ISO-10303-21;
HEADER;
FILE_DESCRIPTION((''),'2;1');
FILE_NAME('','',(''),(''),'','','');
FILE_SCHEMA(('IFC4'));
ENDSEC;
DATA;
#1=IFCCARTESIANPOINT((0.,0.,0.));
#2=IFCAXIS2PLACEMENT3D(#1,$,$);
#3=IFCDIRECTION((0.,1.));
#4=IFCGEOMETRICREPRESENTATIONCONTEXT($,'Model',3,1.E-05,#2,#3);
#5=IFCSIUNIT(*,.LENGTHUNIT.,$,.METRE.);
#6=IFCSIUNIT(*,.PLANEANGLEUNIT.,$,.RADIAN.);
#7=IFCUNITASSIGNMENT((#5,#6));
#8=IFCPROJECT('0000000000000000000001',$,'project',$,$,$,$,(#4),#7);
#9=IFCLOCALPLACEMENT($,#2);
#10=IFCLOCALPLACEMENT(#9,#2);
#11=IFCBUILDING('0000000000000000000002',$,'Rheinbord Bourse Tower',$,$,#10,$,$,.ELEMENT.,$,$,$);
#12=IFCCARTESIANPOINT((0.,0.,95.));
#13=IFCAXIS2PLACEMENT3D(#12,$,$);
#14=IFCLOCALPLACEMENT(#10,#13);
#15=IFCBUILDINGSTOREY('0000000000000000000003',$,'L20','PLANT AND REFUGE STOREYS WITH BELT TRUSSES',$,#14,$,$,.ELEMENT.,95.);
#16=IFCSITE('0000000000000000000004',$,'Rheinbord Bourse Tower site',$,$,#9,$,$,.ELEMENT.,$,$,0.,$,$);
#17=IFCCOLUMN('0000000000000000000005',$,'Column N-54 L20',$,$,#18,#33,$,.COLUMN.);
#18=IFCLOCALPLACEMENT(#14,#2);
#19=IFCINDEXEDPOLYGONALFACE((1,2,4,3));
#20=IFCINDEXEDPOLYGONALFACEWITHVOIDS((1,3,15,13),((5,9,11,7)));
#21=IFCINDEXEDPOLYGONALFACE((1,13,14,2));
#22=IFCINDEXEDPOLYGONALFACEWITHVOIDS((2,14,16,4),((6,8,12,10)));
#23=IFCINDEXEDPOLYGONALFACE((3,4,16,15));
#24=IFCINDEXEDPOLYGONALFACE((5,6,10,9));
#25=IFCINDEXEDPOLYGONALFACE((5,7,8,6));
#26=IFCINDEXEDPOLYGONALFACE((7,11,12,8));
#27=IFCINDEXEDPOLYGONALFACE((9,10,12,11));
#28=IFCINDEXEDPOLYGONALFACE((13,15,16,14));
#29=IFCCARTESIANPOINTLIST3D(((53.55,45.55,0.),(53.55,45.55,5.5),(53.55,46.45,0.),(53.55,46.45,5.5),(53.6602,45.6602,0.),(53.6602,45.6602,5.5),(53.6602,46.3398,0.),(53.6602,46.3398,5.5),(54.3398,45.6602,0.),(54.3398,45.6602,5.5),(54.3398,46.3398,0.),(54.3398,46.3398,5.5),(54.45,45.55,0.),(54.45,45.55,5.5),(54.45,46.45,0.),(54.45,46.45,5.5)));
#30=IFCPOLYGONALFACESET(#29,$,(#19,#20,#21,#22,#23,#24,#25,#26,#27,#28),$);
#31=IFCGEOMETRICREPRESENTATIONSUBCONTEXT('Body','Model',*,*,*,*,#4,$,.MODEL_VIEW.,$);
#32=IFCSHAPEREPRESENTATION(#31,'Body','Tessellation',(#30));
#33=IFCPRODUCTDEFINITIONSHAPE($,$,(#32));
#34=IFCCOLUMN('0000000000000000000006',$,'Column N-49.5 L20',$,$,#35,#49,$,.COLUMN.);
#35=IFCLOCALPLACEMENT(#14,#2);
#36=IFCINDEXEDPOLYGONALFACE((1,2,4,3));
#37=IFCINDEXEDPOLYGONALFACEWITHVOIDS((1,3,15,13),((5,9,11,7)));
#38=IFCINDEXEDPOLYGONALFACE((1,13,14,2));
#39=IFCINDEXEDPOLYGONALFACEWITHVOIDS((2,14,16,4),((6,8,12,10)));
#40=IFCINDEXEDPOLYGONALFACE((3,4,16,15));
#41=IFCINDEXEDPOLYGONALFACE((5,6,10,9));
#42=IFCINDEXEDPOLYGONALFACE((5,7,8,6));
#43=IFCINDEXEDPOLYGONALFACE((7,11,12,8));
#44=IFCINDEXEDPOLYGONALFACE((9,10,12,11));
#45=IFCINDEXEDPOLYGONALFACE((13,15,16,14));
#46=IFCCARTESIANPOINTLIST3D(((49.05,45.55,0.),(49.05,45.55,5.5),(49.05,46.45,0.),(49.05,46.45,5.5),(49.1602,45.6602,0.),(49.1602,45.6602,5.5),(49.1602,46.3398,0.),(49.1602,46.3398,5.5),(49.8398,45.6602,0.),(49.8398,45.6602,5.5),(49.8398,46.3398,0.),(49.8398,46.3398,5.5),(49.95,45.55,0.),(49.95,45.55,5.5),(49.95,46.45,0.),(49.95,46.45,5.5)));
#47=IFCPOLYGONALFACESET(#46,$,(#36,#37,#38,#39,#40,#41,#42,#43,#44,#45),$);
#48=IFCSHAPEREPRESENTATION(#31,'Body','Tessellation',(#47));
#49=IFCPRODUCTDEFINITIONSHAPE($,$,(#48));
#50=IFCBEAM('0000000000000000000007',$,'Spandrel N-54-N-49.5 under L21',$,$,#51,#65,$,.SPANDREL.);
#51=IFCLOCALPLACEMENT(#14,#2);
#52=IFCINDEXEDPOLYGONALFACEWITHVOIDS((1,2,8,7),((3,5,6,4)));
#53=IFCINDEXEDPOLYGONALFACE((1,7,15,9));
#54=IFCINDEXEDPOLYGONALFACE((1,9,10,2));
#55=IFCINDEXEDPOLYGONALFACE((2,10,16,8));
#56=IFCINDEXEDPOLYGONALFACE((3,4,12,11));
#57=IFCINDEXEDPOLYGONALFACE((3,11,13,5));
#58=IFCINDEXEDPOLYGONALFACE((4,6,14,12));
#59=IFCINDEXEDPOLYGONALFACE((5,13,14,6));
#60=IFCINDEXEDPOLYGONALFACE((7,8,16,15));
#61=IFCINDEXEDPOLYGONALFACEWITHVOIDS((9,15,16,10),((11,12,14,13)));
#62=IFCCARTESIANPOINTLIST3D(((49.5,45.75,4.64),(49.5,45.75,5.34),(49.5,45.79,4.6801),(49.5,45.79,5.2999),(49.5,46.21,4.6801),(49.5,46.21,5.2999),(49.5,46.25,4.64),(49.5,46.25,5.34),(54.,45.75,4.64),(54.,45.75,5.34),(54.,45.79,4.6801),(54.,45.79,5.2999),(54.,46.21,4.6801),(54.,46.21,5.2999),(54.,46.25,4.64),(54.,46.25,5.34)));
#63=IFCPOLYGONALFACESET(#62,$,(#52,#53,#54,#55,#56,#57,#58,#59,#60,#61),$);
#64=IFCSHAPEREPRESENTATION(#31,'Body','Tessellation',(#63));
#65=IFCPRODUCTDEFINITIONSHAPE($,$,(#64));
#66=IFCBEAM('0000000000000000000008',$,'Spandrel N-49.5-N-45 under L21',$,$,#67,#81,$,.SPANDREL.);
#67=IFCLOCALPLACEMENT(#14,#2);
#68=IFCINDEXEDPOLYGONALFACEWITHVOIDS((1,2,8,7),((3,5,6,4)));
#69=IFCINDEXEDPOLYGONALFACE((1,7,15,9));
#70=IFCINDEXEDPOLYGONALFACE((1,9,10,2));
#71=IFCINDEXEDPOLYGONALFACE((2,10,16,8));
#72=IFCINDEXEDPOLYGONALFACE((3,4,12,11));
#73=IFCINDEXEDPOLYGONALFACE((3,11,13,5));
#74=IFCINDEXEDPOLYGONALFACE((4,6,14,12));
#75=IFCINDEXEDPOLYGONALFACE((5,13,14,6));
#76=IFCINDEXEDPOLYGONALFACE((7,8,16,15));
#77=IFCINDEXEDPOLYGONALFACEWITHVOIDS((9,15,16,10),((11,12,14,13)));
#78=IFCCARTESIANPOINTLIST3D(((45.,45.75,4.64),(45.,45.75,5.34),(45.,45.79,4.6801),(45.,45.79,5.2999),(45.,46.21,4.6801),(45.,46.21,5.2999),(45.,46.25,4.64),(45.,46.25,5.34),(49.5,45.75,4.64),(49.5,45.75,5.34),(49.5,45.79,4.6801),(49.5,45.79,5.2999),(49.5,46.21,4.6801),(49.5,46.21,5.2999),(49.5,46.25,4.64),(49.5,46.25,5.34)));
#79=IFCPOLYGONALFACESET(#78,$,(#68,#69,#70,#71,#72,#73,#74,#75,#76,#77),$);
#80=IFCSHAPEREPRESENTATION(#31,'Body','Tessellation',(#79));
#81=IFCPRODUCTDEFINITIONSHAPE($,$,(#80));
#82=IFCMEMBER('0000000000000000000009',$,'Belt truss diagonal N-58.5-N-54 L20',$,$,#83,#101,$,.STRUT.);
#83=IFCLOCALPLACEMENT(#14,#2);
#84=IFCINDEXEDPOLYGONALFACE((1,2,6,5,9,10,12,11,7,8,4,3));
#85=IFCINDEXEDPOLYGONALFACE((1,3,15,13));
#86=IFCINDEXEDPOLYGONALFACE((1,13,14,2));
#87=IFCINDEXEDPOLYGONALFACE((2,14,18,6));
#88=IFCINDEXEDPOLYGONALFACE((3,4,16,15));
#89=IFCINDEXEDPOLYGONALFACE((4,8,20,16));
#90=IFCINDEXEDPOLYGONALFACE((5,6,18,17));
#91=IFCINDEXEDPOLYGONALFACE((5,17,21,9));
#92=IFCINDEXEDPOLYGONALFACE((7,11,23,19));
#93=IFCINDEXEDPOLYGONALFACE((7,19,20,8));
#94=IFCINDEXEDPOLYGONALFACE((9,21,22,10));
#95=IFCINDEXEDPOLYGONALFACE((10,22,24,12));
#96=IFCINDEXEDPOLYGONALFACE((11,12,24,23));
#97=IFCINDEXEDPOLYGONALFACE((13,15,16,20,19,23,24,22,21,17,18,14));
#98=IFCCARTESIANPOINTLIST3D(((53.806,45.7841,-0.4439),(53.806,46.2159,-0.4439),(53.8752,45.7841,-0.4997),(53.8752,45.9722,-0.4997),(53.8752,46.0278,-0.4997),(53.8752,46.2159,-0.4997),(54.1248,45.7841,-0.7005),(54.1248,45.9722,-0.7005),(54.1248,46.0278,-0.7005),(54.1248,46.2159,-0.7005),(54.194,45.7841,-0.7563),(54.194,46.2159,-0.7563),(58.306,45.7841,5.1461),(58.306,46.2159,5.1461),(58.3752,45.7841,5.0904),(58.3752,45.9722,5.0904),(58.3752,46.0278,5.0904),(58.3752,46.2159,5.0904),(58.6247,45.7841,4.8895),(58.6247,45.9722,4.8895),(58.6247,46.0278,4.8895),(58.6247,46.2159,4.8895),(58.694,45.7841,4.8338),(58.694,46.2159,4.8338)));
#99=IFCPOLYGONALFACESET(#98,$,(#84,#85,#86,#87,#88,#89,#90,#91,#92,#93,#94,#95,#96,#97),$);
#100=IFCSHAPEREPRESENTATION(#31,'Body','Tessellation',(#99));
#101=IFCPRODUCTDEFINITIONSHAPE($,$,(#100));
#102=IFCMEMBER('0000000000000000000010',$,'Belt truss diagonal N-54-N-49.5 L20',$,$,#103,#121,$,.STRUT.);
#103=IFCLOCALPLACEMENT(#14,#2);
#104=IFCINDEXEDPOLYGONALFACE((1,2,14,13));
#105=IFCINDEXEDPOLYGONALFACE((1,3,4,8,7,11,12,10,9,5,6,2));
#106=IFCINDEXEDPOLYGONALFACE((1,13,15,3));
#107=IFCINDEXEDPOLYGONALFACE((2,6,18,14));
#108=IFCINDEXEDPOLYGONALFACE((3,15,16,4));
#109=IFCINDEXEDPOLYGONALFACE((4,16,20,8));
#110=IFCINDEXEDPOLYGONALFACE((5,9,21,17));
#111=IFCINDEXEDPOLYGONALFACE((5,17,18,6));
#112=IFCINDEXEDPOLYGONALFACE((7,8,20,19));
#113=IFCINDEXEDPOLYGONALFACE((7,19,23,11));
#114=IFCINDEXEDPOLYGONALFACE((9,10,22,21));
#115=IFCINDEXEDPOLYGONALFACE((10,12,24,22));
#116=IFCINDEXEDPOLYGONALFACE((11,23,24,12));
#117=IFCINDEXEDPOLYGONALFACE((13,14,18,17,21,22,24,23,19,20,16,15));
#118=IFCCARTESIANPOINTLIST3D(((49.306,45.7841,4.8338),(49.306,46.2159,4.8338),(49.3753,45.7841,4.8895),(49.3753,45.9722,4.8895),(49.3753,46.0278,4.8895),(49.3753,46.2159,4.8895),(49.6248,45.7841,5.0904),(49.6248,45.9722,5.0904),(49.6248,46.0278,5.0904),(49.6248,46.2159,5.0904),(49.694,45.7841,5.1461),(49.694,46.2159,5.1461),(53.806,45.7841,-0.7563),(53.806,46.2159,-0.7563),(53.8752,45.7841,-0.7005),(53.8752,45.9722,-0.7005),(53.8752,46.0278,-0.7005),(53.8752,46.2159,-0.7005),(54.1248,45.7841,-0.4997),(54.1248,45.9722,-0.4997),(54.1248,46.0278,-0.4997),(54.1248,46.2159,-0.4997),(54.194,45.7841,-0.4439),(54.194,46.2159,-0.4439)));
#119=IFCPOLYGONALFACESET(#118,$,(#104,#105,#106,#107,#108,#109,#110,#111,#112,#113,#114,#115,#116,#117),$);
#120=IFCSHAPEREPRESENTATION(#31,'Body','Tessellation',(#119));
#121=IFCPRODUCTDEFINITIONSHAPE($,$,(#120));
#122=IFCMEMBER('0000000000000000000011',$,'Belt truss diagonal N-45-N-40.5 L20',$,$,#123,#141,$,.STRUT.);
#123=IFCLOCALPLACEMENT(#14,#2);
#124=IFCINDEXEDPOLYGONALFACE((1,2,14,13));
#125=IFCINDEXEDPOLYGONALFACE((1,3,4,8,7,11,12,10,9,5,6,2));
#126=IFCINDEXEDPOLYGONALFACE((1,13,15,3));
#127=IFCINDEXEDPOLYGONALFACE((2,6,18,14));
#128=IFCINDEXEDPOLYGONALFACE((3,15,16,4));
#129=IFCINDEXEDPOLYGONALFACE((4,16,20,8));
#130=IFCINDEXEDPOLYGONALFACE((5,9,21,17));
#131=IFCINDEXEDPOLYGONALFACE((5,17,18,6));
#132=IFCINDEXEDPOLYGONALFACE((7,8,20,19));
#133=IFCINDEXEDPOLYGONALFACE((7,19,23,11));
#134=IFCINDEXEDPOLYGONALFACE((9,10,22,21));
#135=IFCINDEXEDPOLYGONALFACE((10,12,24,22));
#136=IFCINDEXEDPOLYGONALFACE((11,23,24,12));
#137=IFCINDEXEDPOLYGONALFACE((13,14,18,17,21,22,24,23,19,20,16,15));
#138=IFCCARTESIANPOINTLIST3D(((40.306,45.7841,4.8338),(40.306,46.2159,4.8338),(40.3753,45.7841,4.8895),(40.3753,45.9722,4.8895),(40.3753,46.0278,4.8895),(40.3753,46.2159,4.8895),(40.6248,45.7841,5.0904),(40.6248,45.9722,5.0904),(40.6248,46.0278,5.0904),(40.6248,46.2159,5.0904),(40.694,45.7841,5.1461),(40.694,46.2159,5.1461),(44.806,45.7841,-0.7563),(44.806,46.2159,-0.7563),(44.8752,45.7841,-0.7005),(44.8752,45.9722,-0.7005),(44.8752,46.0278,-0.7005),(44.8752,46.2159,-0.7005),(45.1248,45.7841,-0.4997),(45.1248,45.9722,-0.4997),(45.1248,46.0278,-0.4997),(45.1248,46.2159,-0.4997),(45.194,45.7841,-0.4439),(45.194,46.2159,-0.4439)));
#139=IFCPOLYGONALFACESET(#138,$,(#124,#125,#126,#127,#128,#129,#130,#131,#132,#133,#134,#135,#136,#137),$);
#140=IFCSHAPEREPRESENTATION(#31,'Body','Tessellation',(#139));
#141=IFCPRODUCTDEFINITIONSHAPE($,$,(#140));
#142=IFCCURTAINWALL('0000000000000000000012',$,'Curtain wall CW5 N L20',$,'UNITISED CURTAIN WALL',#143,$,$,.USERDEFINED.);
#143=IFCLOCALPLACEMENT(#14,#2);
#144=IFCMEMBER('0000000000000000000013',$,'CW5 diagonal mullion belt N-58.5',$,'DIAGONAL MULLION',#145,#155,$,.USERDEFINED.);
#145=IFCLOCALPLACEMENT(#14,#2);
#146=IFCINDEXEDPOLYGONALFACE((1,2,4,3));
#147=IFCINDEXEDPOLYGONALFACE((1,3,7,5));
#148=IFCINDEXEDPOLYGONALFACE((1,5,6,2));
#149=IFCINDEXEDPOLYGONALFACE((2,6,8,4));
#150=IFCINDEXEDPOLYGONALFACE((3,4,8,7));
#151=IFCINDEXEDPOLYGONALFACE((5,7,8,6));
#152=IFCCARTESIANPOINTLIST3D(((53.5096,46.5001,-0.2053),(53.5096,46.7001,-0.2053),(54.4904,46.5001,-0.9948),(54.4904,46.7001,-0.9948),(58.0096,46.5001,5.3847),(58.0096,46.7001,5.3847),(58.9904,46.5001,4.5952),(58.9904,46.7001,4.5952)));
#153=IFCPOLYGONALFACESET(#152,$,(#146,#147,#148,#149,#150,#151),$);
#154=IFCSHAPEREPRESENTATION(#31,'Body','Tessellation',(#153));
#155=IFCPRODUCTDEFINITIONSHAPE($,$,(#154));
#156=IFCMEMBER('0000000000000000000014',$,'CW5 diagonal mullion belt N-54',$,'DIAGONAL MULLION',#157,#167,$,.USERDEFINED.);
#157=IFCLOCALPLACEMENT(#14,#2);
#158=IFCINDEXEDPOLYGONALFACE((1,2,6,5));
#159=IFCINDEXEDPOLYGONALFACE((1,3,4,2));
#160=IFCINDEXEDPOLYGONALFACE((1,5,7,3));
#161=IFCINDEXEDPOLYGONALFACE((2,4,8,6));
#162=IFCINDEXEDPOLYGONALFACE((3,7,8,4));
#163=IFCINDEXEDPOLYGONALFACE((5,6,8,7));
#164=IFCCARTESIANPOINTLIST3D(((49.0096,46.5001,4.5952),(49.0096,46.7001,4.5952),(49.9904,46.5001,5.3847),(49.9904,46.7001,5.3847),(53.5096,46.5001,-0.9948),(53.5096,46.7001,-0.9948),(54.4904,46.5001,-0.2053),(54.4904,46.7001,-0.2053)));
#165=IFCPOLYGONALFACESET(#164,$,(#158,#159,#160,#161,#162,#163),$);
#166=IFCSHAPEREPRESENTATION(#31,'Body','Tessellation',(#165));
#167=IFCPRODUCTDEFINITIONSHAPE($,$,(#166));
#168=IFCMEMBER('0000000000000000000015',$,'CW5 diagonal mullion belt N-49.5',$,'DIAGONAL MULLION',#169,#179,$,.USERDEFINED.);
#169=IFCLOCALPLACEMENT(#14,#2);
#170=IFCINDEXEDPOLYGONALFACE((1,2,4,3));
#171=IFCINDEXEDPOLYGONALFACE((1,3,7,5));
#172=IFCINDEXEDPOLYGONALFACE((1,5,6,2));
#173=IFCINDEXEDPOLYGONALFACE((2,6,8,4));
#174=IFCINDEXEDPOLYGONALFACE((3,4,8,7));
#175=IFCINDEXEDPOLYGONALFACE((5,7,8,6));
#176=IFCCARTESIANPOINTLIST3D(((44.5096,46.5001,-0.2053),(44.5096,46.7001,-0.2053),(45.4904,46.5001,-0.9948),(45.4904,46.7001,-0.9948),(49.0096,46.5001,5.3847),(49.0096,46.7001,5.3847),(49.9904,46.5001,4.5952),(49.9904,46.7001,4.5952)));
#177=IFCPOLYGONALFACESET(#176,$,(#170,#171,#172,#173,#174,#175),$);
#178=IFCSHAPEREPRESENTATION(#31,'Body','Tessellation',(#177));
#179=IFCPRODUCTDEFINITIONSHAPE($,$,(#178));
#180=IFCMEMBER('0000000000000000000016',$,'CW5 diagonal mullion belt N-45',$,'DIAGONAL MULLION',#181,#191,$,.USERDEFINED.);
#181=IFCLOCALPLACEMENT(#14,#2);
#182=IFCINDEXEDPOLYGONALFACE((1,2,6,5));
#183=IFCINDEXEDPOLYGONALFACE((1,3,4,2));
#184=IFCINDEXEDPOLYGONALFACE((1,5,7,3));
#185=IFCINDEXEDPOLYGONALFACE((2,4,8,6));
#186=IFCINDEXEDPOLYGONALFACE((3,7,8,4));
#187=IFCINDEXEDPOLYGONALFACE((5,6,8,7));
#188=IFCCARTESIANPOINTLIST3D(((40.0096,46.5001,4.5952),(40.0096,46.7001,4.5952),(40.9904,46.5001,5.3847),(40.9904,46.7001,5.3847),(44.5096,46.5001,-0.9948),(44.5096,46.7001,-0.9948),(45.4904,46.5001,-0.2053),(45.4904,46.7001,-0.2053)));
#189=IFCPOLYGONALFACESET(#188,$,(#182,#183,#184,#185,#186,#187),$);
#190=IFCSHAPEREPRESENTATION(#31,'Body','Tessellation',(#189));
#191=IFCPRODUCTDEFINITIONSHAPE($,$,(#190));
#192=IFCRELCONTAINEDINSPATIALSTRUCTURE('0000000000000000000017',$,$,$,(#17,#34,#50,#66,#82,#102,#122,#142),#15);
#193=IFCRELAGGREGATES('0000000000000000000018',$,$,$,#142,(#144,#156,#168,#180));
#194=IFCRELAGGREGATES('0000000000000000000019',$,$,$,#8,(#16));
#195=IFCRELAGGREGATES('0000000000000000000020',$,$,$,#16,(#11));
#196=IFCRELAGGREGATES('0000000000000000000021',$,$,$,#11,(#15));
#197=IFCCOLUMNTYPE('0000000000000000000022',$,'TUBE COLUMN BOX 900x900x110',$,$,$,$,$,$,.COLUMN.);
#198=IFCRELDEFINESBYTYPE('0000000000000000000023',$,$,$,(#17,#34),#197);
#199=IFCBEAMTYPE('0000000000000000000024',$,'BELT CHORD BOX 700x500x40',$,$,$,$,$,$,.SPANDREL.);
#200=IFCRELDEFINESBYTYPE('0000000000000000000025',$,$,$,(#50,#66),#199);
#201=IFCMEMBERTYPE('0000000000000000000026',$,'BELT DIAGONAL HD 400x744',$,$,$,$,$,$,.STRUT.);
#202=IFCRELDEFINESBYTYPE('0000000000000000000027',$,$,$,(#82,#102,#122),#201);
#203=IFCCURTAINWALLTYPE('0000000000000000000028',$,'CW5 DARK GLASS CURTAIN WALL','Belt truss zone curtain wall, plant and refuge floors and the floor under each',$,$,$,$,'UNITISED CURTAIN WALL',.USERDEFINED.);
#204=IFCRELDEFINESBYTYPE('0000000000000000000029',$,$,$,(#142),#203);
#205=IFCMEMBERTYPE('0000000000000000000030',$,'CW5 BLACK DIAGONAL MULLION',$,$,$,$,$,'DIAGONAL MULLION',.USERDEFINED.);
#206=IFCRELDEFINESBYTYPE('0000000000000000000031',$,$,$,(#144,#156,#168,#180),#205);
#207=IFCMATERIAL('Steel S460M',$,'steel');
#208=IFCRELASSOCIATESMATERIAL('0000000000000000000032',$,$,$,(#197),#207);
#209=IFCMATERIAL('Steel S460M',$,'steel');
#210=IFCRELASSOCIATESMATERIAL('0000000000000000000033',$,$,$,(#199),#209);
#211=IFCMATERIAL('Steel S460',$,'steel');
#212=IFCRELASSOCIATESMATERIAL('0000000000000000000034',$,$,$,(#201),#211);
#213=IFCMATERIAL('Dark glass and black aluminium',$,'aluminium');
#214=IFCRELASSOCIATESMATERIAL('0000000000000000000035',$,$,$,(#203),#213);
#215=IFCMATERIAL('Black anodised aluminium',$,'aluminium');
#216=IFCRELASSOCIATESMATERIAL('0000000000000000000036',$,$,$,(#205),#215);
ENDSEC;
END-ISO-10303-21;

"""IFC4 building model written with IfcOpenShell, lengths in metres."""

from ifc_helpers import new_model, si_unit, direction, frame, origin, origin_2d, place, context, subcontext, project, spatial, rectangle, hollow_rectangle, i_section, extrude, material, material_profile, profile_set, type_object, element, aggregate, save


model = new_model("IFC4")

# Units and contexts
model_context = context("Model", 3, precision=1e-05, world=origin(), true_north=direction((0.0, 1.0)))
body_context = subcontext(model_context, "Body", "Model", "MODEL_VIEW")
ifc_project = project(units=[si_unit("LENGTHUNIT", "METRE"), si_unit("PLANEANGLEUNIT", "RADIAN")], contexts=[model_context])

# Site, building, storey
site_placement = place(None, origin())
site = spatial("IfcSite", under=ifc_project, at=site_placement, Name="Rheinbord Bourse Tower site", CompositionType="ELEMENT", RefElevation=0.0)
building_placement = place(site_placement, origin())
building = spatial("IfcBuilding", under=site, at=building_placement, Name="Rheinbord Bourse Tower", CompositionType="ELEMENT")
storey_placement = place(building_placement, frame((0.0, 0.0, 95.0)))
storey = spatial("IfcBuildingStorey", under=building, at=storey_placement, Name="L20", Description="PLANT AND REFUGE STOREYS WITH BELT TRUSSES", CompositionType="ELEMENT", Elevation=95.0)

# Columns
ifc_material_1 = material(Name="Steel S460M", Category="steel")
ifc_material_profile_1 = material_profile(ifc_material_1, hollow_rectangle(XDim=0.8999, YDim=0.8999, WallThickness=0.1101, at=origin_2d()), Name="BOX 900x900x110")
ifc_profile_set_1 = profile_set([ifc_material_profile_1], Name="Steel S460M")
column_type = type_object("IfcColumnType", Name="TUBE COLUMN BOX 900x900x110", PredefinedType="COLUMN", material=ifc_profile_set_1)
for number, where, z_axis, x_axis, name in (
    (1, (54.0, 46.0, 0.0), (0.0, 0.0, 1.0), (0.0, 1.0, 0.0), "Column N-54 L20"),
    (2, (49.5, 46.0, 0.0), (0.0, 0.0, 1.0), (0.0, 1.0, 0.0), "Column N-49.5 L20"),
):
    element("IfcColumn", number, at=place(storey_placement, frame(where, z_axis=z_axis, x_axis=x_axis)), inside=storey, type_object=column_type, Name=name, PredefinedType="COLUMN", context=body_context, shape_type="SweptSolid", body=[
        extrude(hollow_rectangle(XDim=0.8999, YDim=0.8999, WallThickness=0.1101, at=origin_2d()), origin(), (0.0, 0.0, 1.0), 5.5),
    ])

# Beams
ifc_material_2 = material(Name="Steel S460M", Category="steel")
ifc_material_profile_2 = material_profile(ifc_material_2, hollow_rectangle(XDim=0.5, YDim=0.7, WallThickness=0.04, at=origin_2d()), Name="BOX 700x500x40")
ifc_profile_set_2 = profile_set([ifc_material_profile_2], Name="Steel S460M")
beam_type_1 = type_object("IfcBeamType", Name="BELT CHORD BOX 700x500x40", PredefinedType="SPANDREL", material=ifc_profile_set_2)
for number, where, z_axis, x_axis, name in (
    (3, (54.0, 46.0, 4.99), (-1.0, 0.0, 0.0), (0.0, -1.0, 0.0), "Spandrel N-54-N-49.5 under L21"),
    (4, (49.5, 46.0, 4.99), (-1.0, 0.0, 0.0), (0.0, -1.0, 0.0), "Spandrel N-49.5-N-45 under L21"),
):
    element("IfcBeam", number, at=place(storey_placement, frame(where, z_axis=z_axis, x_axis=x_axis)), inside=storey, type_object=beam_type_1, Name=name, PredefinedType="SPANDREL", context=body_context, shape_type="SweptSolid", body=[
        extrude(hollow_rectangle(XDim=0.5, YDim=0.7, WallThickness=0.04, at=origin_2d()), origin(), (0.0, 0.0, 1.0), 4.5),
    ])

# Members
ifc_material_3 = material(Name="Steel S460", Category="steel")
ifc_material_profile_3 = material_profile(ifc_material_3, i_section(OverallWidth=0.4319, OverallDepth=0.498, WebThickness=0.0557, FlangeThickness=0.0889, at=origin_2d()), Name="HD 400x744")
ifc_profile_set_3 = profile_set([ifc_material_profile_3], Name="Steel S460")
member_type_1 = type_object("IfcMemberType", Name="BELT DIAGONAL HD 400x744", PredefinedType="STRUT", material=ifc_profile_set_3)
for number, where, z_axis, x_axis, name in (
    (5, (54.0, 46.0, -0.6001), (0.627065, 0.0, 0.778967), (0.0, 1.0, 0.0), "Belt truss diagonal N-58.5-N-54 L20"),
    (6, (54.0, 46.0, -0.6001), (-0.627065, 0.0, 0.778967), (0.0, -1.0, 0.0), "Belt truss diagonal N-54-N-49.5 L20"),
    (7, (45.0, 46.0, -0.6001), (-0.627065, 0.0, 0.778967), (0.0, -1.0, 0.0), "Belt truss diagonal N-45-N-40.5 L20"),
):
    element("IfcMember", number, at=place(storey_placement, frame(where, z_axis=z_axis, x_axis=x_axis)), inside=storey, type_object=member_type_1, Name=name, PredefinedType="STRUT", context=body_context, shape_type="SweptSolid", body=[
        extrude(i_section(OverallWidth=0.4319, OverallDepth=0.498, WebThickness=0.0557, FlangeThickness=0.0889, at=origin_2d()), origin(), (0.0, 0.0, 1.0), 7.1763),
    ])

# Curtain wall, members
ifc_material_4 = material(Name="Dark glass and black aluminium", Category="aluminium")
curtain_wall_type = type_object("IfcCurtainWallType", Name="CW5 DARK GLASS CURTAIN WALL", Description="Belt truss zone curtain wall, plant and refuge floors and the floor under each", ElementType="UNITISED CURTAIN WALL", PredefinedType="USERDEFINED", material=ifc_material_4)
curtain_wall_placement = place(storey_placement, origin())
curtain_wall = element("IfcCurtainWall", 8, at=curtain_wall_placement, inside=storey, type_object=curtain_wall_type, Name="Curtain wall CW5 N L20", ObjectType="UNITISED CURTAIN WALL", PredefinedType="USERDEFINED")
ifc_material_5 = material(Name="Black anodised aluminium", Category="aluminium")
ifc_material_profile_4 = material_profile(ifc_material_5, rectangle(XDim=0.2, YDim=1.259, at=origin_2d()), Name="CW5 DIAGONAL MULLION 1259x200")
ifc_profile_set_4 = profile_set([ifc_material_profile_4], Name="Black anodised aluminium")
member_type_2 = type_object("IfcMemberType", Name="CW5 BLACK DIAGONAL MULLION", ElementType="DIAGONAL MULLION", PredefinedType="USERDEFINED", material=ifc_profile_set_4)
member_1_placement = place(storey_placement, frame((54.0, 46.6001, -0.6001), z_axis=(0.627065, 0.0, 0.778967), x_axis=(0.0, 1.0, 0.0)))
member_1 = element("IfcMember", 9, at=member_1_placement, type_object=member_type_2, Name="CW5 diagonal mullion belt N-58.5", ObjectType="DIAGONAL MULLION", PredefinedType="USERDEFINED", context=body_context, shape_type="SweptSolid", body=[
    extrude(rectangle(XDim=0.2, YDim=1.259, at=origin_2d()), origin(), (0.0, 0.0, 1.0), 7.1763),
])
member_2_placement = place(storey_placement, frame((54.0, 46.6001, -0.6001), z_axis=(-0.627065, 0.0, 0.778967), x_axis=(0.0, -1.0, 0.0)))
member_2 = element("IfcMember", 10, at=member_2_placement, type_object=member_type_2, Name="CW5 diagonal mullion belt N-54", ObjectType="DIAGONAL MULLION", PredefinedType="USERDEFINED", context=body_context, shape_type="SweptSolid", body=[
    extrude(rectangle(XDim=0.2, YDim=1.259, at=origin_2d()), origin(), (0.0, 0.0, 1.0), 7.1763),
])
member_3_placement = place(storey_placement, frame((45.0, 46.6001, -0.6001), z_axis=(0.627065, 0.0, 0.778967), x_axis=(0.0, 1.0, 0.0)))
member_3 = element("IfcMember", 11, at=member_3_placement, type_object=member_type_2, Name="CW5 diagonal mullion belt N-49.5", ObjectType="DIAGONAL MULLION", PredefinedType="USERDEFINED", context=body_context, shape_type="SweptSolid", body=[
    extrude(rectangle(XDim=0.2, YDim=1.259, at=origin_2d()), origin(), (0.0, 0.0, 1.0), 7.1763),
])
member_4_placement = place(storey_placement, frame((45.0, 46.6001, -0.6001), z_axis=(-0.627065, 0.0, 0.778967), x_axis=(0.0, -1.0, 0.0)))
member_4 = element("IfcMember", 12, at=member_4_placement, type_object=member_type_2, Name="CW5 diagonal mullion belt N-45", ObjectType="DIAGONAL MULLION", PredefinedType="USERDEFINED", context=body_context, shape_type="SweptSolid", body=[
    extrude(rectangle(XDim=0.2, YDim=1.259, at=origin_2d()), origin(), (0.0, 0.0, 1.0), 7.1763),
])

aggregate(curtain_wall, [member_1, member_2, member_3, member_4])

save(model, "model.ifc")
